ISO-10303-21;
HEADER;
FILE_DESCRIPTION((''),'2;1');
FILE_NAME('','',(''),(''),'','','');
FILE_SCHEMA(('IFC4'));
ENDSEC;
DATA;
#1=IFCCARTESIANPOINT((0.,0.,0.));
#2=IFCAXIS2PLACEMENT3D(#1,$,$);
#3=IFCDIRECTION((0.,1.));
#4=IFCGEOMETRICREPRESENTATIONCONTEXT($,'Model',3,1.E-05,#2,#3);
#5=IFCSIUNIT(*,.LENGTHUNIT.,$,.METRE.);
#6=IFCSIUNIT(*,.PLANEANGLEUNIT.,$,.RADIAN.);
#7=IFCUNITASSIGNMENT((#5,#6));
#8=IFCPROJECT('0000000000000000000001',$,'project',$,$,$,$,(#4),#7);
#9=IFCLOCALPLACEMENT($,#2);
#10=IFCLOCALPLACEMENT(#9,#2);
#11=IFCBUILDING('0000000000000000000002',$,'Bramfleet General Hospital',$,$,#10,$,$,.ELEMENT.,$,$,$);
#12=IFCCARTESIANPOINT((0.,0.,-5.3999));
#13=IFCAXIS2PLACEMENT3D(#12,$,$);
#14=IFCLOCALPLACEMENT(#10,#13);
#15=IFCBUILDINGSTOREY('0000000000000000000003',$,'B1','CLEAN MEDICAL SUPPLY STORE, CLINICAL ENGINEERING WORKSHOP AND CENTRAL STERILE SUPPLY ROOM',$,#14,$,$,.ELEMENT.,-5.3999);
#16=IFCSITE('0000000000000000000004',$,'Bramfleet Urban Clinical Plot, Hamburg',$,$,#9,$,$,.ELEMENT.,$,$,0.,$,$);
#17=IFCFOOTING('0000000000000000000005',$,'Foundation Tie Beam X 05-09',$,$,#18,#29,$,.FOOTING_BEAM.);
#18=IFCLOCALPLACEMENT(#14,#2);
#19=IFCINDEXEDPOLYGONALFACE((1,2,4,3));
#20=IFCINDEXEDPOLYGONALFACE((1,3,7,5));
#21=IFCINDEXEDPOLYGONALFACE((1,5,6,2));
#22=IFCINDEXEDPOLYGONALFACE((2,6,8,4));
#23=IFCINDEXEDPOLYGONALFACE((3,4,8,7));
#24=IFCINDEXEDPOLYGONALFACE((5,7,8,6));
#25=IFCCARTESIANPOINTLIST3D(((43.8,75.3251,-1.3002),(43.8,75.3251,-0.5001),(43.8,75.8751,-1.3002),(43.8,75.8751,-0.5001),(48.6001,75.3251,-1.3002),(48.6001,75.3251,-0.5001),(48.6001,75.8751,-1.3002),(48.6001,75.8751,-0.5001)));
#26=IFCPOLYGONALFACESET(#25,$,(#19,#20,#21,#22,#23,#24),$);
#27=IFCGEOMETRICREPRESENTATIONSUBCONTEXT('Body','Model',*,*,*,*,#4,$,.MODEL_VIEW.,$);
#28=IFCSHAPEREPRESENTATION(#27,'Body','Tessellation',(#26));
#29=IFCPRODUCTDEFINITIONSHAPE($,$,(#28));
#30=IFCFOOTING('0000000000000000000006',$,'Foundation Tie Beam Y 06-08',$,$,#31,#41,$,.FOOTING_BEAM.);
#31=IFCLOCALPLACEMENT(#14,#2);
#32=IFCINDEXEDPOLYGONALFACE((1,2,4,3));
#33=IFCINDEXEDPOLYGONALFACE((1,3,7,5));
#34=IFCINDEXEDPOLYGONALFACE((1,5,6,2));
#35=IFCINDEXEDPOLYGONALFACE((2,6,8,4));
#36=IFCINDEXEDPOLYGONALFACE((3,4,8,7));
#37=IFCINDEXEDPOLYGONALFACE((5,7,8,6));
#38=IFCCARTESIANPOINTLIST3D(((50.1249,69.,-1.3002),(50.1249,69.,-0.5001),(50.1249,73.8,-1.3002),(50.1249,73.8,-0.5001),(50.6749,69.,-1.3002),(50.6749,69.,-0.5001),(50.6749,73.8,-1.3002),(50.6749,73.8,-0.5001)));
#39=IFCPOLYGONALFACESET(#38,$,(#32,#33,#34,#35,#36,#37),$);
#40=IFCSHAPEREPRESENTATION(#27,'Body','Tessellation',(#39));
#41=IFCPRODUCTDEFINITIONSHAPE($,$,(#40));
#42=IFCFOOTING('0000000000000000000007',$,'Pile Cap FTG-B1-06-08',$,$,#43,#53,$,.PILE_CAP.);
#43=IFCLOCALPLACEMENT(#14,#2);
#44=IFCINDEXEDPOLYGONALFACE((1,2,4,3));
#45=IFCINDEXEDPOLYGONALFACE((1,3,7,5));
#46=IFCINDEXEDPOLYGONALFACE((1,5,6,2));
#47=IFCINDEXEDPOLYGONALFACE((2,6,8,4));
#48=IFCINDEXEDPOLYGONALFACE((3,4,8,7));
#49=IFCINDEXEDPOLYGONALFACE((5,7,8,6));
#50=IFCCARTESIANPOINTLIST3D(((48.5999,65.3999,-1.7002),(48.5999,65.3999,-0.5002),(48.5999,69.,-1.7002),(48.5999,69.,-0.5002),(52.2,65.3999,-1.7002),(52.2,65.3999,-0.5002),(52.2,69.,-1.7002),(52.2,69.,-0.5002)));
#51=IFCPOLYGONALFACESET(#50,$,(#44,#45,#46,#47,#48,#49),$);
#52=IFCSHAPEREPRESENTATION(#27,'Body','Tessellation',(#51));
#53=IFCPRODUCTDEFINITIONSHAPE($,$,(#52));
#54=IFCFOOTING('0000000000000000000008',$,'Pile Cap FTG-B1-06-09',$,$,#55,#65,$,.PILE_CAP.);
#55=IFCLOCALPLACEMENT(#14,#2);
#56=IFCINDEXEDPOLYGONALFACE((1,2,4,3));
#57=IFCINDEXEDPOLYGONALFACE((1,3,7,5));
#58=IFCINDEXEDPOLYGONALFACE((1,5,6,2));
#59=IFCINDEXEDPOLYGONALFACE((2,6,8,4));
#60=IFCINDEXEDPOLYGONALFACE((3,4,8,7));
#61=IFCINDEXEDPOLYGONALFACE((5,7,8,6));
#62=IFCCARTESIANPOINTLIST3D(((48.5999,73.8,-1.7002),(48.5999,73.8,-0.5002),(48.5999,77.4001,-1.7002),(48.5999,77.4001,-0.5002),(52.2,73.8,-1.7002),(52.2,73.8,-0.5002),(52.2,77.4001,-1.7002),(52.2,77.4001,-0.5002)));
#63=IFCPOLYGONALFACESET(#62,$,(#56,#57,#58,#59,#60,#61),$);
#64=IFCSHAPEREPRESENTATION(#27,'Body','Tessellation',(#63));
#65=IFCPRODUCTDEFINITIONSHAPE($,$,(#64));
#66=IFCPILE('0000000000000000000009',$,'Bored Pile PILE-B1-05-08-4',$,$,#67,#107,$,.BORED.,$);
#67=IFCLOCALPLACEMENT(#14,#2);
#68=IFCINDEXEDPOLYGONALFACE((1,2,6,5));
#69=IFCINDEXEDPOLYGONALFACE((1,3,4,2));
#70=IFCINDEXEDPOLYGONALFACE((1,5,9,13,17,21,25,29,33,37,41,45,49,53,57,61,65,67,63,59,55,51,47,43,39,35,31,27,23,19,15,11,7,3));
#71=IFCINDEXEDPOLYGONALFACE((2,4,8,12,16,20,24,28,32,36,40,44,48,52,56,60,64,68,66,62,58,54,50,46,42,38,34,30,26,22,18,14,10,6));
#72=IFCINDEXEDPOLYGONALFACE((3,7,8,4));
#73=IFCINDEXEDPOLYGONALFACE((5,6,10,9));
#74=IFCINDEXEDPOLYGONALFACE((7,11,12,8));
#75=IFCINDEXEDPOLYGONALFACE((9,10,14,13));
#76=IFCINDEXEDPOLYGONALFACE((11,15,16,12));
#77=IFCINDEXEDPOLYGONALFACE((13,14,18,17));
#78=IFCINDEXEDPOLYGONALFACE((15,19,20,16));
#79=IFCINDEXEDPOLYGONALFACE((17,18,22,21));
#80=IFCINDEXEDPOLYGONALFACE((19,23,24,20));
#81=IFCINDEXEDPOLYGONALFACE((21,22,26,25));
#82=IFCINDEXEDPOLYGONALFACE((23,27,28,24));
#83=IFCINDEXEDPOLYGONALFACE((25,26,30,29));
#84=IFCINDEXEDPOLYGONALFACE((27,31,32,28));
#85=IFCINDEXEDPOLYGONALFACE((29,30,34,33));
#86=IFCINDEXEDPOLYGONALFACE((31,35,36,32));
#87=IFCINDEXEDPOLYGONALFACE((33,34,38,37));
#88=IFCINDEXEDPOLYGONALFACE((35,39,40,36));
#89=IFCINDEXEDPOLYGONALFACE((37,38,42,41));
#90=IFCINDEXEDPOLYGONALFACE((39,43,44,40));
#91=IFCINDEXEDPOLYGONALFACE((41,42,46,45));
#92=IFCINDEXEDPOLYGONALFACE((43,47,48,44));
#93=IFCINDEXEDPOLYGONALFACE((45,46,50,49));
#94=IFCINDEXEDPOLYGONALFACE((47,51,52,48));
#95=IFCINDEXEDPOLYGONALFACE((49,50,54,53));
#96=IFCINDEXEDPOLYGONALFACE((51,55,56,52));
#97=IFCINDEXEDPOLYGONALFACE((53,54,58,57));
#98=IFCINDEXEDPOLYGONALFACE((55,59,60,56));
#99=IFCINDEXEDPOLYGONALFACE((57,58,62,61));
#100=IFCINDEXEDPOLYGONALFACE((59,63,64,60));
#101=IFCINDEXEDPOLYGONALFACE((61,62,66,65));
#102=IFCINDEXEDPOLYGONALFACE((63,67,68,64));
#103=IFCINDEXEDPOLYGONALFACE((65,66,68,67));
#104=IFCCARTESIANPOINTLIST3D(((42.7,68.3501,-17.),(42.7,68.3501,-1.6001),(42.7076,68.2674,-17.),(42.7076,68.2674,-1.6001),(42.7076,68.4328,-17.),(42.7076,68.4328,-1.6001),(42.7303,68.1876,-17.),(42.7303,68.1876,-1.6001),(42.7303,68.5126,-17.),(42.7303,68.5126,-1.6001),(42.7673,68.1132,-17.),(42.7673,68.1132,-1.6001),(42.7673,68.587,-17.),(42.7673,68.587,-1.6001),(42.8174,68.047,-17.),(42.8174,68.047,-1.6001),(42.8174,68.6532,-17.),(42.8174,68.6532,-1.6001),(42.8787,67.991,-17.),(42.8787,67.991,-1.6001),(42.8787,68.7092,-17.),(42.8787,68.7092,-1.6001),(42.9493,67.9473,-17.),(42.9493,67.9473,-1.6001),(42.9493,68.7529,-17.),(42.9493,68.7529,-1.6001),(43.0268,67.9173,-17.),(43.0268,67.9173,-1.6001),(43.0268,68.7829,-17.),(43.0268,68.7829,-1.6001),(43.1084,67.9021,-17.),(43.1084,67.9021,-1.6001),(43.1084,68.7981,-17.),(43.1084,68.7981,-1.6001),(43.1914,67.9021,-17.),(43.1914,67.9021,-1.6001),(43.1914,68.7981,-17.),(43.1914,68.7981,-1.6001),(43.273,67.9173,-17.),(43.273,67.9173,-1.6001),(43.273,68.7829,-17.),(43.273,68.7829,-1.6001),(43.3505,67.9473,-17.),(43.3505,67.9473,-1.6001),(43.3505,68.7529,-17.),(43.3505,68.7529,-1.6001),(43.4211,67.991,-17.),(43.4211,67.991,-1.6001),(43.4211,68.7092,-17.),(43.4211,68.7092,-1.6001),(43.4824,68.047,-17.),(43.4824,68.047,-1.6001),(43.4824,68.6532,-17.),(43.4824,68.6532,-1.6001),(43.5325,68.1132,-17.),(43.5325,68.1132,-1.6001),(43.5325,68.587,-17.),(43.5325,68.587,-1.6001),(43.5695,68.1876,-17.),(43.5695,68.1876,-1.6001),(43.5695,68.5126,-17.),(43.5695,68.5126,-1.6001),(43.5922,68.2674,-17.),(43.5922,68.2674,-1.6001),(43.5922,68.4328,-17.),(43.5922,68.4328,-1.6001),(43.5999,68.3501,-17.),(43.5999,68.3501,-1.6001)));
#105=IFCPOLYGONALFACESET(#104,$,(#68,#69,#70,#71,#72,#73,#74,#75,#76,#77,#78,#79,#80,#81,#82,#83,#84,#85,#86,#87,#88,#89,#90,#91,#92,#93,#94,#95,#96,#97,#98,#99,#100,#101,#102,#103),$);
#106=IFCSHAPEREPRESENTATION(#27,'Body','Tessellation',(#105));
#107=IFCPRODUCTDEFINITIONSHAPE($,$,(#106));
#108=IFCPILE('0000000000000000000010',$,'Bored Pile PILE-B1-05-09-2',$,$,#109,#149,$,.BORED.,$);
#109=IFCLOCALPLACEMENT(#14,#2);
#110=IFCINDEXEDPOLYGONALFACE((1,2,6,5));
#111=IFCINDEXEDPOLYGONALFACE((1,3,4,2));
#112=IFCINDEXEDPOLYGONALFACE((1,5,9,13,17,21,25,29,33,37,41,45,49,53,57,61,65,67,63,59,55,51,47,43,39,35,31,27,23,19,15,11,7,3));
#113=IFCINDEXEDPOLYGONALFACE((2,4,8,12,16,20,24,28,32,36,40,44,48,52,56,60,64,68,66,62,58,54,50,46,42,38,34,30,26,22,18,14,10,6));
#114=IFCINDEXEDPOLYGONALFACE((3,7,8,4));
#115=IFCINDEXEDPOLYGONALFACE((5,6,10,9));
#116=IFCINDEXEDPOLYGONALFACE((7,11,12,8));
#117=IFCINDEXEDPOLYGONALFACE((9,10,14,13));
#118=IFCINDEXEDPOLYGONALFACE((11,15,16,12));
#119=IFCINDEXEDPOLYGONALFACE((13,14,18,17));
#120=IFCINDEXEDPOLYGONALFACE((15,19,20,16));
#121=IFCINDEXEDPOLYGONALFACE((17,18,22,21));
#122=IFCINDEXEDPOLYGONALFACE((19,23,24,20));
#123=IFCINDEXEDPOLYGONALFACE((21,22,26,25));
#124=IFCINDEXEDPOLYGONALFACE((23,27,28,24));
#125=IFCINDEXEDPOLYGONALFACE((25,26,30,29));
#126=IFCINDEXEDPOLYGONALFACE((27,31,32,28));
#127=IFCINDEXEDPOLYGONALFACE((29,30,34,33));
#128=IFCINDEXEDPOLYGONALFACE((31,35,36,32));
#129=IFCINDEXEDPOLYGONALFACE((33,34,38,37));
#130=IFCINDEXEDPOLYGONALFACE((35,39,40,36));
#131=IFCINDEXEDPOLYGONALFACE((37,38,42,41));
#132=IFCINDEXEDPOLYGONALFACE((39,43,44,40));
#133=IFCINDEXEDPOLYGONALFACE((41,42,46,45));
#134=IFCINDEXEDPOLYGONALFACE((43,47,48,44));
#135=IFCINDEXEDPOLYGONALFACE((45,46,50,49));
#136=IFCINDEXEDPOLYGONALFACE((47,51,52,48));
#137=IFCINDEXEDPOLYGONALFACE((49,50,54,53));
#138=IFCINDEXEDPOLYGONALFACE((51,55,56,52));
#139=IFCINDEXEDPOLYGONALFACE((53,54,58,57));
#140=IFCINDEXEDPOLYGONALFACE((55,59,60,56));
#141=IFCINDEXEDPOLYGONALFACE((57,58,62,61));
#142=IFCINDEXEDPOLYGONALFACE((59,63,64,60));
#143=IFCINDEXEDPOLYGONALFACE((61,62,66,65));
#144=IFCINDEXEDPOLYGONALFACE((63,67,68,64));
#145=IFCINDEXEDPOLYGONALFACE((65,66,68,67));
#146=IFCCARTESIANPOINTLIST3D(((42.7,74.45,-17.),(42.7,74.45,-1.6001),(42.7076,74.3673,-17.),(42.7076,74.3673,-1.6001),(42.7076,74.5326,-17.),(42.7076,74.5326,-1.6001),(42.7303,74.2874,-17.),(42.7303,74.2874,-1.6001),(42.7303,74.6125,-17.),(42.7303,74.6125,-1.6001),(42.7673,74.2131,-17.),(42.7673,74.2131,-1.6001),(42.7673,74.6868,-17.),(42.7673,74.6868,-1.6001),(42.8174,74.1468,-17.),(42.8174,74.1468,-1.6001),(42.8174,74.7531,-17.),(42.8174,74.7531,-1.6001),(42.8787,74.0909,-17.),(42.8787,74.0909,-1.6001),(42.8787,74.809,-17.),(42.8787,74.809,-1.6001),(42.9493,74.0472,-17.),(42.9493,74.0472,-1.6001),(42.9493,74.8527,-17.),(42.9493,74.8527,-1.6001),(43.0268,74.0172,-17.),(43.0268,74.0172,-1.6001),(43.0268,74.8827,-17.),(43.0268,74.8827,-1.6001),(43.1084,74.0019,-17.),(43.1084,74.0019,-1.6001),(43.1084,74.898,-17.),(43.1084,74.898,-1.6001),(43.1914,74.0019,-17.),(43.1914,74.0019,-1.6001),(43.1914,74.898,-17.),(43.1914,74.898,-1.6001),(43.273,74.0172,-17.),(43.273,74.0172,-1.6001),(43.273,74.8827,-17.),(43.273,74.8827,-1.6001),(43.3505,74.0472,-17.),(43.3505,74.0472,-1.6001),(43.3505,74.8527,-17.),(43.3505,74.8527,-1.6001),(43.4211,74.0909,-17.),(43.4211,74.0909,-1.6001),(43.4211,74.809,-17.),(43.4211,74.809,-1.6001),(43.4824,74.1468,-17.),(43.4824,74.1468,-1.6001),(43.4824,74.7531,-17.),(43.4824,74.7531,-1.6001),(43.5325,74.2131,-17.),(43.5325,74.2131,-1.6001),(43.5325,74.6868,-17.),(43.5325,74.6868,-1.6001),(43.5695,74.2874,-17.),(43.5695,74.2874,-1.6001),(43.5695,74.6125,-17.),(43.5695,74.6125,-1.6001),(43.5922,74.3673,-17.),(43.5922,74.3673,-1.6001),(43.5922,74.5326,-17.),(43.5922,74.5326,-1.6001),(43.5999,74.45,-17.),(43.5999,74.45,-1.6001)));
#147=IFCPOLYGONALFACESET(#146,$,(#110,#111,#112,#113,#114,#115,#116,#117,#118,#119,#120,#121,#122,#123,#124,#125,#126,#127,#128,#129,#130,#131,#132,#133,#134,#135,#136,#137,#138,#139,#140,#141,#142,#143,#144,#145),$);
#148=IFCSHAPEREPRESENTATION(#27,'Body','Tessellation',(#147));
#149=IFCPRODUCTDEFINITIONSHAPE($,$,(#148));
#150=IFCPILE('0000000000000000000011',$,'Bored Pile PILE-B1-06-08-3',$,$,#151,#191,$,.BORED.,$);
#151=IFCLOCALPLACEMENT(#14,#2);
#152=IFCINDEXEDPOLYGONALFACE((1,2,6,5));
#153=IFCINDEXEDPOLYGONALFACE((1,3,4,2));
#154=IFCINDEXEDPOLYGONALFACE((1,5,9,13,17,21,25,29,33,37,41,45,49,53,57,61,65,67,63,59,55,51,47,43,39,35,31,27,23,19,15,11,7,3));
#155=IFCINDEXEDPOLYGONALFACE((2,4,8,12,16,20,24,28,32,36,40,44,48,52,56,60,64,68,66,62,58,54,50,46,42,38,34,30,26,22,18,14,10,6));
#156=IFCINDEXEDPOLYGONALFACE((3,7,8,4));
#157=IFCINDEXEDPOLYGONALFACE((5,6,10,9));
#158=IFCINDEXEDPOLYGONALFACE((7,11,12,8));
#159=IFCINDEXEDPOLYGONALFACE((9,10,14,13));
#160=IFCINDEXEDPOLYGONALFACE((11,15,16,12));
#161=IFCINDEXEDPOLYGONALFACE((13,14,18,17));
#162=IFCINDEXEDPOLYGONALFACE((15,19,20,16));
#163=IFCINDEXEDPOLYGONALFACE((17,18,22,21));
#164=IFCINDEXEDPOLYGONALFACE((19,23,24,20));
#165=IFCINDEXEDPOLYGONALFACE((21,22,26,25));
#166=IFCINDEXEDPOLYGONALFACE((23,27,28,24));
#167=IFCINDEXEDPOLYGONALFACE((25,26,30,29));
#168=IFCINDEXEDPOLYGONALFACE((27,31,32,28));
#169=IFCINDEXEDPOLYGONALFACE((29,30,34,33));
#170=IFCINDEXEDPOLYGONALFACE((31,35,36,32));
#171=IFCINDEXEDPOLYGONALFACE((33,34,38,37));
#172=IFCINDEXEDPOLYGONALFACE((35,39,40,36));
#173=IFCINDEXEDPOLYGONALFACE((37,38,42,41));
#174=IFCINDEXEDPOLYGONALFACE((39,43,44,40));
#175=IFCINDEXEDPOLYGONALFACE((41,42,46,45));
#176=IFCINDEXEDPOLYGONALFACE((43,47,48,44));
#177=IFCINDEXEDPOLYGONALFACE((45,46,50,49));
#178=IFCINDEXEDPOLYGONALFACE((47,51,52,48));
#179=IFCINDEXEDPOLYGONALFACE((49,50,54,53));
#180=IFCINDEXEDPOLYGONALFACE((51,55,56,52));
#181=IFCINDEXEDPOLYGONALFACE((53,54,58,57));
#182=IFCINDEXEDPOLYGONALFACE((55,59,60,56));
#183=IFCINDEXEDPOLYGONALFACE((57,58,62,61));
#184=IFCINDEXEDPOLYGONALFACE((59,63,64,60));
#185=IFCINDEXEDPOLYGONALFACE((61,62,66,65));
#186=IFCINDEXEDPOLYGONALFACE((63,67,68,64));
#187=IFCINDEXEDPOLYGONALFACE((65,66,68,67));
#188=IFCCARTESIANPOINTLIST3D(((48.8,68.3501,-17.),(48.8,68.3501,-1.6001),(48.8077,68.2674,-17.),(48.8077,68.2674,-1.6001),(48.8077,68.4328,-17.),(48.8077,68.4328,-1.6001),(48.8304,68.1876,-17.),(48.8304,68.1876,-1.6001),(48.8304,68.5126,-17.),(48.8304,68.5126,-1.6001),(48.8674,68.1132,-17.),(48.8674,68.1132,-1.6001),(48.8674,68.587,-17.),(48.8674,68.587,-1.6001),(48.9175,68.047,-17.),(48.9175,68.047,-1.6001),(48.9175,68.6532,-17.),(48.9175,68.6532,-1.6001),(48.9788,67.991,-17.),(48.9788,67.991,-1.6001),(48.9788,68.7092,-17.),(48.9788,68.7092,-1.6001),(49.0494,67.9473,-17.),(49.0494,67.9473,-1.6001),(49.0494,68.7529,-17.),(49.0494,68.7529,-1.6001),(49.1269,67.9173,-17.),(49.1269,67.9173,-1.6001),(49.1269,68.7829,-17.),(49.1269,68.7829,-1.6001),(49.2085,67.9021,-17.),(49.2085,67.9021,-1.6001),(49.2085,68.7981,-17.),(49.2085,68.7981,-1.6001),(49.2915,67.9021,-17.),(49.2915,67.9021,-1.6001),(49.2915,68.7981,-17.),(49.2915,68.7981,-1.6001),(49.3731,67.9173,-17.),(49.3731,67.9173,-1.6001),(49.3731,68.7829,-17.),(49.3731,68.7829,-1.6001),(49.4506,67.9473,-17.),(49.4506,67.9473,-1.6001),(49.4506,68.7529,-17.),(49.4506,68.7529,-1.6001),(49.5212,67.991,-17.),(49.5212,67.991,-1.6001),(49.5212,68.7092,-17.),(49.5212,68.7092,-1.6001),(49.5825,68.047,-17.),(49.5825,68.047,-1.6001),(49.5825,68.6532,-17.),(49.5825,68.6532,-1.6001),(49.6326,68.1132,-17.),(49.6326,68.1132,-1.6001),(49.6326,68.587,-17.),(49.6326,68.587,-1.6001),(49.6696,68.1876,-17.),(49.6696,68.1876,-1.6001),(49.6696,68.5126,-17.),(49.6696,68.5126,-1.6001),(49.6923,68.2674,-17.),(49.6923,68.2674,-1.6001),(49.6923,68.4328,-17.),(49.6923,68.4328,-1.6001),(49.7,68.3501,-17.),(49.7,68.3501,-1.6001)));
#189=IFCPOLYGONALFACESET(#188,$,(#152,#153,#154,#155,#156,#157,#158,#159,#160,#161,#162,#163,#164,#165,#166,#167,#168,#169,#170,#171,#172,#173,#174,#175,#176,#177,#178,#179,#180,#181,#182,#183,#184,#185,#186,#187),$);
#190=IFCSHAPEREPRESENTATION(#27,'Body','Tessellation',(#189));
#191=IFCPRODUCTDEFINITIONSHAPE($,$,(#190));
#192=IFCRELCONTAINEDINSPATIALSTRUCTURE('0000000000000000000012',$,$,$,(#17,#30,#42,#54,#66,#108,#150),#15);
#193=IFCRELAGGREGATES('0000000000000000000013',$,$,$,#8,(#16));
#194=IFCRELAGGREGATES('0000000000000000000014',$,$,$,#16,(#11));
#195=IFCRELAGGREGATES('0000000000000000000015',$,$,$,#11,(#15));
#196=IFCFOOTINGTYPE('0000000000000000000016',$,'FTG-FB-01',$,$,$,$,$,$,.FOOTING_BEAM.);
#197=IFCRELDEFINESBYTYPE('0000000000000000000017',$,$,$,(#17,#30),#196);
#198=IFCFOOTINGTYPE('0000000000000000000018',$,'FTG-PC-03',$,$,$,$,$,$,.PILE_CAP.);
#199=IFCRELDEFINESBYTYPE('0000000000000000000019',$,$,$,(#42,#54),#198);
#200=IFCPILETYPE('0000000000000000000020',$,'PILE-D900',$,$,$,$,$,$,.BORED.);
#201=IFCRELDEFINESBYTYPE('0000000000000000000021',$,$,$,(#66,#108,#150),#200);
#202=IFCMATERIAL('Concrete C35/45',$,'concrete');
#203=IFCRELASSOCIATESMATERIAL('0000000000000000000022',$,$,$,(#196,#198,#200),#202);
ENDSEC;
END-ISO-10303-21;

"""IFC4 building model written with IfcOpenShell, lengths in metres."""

from ifc_helpers import new_model, si_unit, direction, frame, origin, origin_2d, place, context, subcontext, project, spatial, rectangle, circle, extrude, material, material_profile, profile_set, type_object, element, save


model = new_model("IFC4")

# Units and contexts
model_context = context("Model", 3, precision=1e-05, world=origin(), true_north=direction((0.0, 1.0)))
body_context = subcontext(model_context, "Body", "Model", "MODEL_VIEW")
ifc_project = project(units=[si_unit("LENGTHUNIT", "METRE"), si_unit("PLANEANGLEUNIT", "RADIAN")], contexts=[model_context])

# Site, building, storey
site_placement = place(None, origin())
site = spatial("IfcSite", under=ifc_project, at=site_placement, Name="Bramfleet Urban Clinical Plot, Hamburg", CompositionType="ELEMENT", RefElevation=0.0)
building_placement = place(site_placement, origin())
building = spatial("IfcBuilding", under=site, at=building_placement, Name="Bramfleet General Hospital", CompositionType="ELEMENT")
storey_placement = place(building_placement, frame((0.0, 0.0, -5.3999)))
storey = spatial("IfcBuildingStorey", under=building, at=storey_placement, Name="B1", Description="CLEAN MEDICAL SUPPLY STORE, CLINICAL ENGINEERING WORKSHOP AND CENTRAL STERILE SUPPLY ROOM", CompositionType="ELEMENT", Elevation=-5.3999)

# Footings
ifc_material_1 = material(Name="Concrete C35/45", Category="concrete")
ifc_material_profile_1 = material_profile(ifc_material_1, rectangle(XDim=0.55, YDim=0.8, at=origin_2d()), Name="RC FB 800x550")
ifc_profile_set_1 = profile_set([ifc_material_profile_1], Name="Concrete C35/45")
footing_type_1 = type_object("IfcFootingType", Name="FTG-FB-01", PredefinedType="FOOTING_BEAM", material=ifc_profile_set_1)
for number, where, z_axis, x_axis, name in (
    (1, (43.8, 75.6001, -0.9001), (1.0, 0.0, 0.0), (0.0, 1.0, 0.0), "Foundation Tie Beam X 05-09"),
    (2, (50.3999, 69.0, -0.9001), (0.0, 1.0, 0.0), (-1.0, 0.0, 0.0), "Foundation Tie Beam Y 06-08"),
):
    element("IfcFooting", number, at=place(storey_placement, frame(where, z_axis=z_axis, x_axis=x_axis)), inside=storey, type_object=footing_type_1, Name=name, PredefinedType="FOOTING_BEAM", context=body_context, shape_type="SweptSolid", body=[
        extrude(rectangle(XDim=0.55, YDim=0.8, at=origin_2d()), origin(), (0.0, 0.0, 1.0), 4.8),
    ])
footing_type_2 = type_object("IfcFootingType", Name="FTG-PC-03", PredefinedType="PILE_CAP", material=ifc_material_1)
for number, where, z_axis, x_axis, name in (
    (3, (50.3999, 67.2, -1.7002), (0.0, 0.0, 1.0), (1.0, 0.0, 0.0), "Pile Cap FTG-B1-06-08"),
    (4, (50.3999, 75.6001, -1.7002), (0.0, 0.0, 1.0), (1.0, 0.0, 0.0), "Pile Cap FTG-B1-06-09"),
):
    element("IfcFooting", number, at=place(storey_placement, frame(where, z_axis=z_axis, x_axis=x_axis)), inside=storey, type_object=footing_type_2, Name=name, PredefinedType="PILE_CAP", context=body_context, shape_type="SweptSolid", body=[
        extrude(rectangle(XDim=3.6001, YDim=3.6001, at=origin_2d()), origin(), (0.0, 0.0, 1.0), 1.2),
    ])

# Piles
ifc_material_profile_2 = material_profile(ifc_material_1, circle(Radius=0.45, at=origin_2d()), Name="PILE BORED D900")
ifc_profile_set_2 = profile_set([ifc_material_profile_2], Name="Concrete C35/45")
pile_type = type_object("IfcPileType", Name="PILE-D900", PredefinedType="BORED", material=ifc_profile_set_2)
for number, where, z_axis, x_axis, name in (
    (5, (43.1499, 68.3501, -1.6001), (0.0, 0.0, -1.0), (1.0, 0.0, 0.0), "Bored Pile PILE-B1-05-08-4"),
    (6, (43.1499, 74.45, -1.6001), (0.0, 0.0, -1.0), (1.0, 0.0, 0.0), "Bored Pile PILE-B1-05-09-2"),
    (7, (49.25, 68.3501, -1.6001), (0.0, 0.0, -1.0), (1.0, 0.0, 0.0), "Bored Pile PILE-B1-06-08-3"),
):
    element("IfcPile", number, at=place(storey_placement, frame(where, z_axis=z_axis, x_axis=x_axis)), inside=storey, type_object=pile_type, Name=name, PredefinedType="BORED", context=body_context, shape_type="SweptSolid", body=[
        extrude(circle(Radius=0.45, at=origin_2d()), origin(), (0.0, 0.0, 1.0), 15.3999),
    ])

save(model, "model.ifc")
